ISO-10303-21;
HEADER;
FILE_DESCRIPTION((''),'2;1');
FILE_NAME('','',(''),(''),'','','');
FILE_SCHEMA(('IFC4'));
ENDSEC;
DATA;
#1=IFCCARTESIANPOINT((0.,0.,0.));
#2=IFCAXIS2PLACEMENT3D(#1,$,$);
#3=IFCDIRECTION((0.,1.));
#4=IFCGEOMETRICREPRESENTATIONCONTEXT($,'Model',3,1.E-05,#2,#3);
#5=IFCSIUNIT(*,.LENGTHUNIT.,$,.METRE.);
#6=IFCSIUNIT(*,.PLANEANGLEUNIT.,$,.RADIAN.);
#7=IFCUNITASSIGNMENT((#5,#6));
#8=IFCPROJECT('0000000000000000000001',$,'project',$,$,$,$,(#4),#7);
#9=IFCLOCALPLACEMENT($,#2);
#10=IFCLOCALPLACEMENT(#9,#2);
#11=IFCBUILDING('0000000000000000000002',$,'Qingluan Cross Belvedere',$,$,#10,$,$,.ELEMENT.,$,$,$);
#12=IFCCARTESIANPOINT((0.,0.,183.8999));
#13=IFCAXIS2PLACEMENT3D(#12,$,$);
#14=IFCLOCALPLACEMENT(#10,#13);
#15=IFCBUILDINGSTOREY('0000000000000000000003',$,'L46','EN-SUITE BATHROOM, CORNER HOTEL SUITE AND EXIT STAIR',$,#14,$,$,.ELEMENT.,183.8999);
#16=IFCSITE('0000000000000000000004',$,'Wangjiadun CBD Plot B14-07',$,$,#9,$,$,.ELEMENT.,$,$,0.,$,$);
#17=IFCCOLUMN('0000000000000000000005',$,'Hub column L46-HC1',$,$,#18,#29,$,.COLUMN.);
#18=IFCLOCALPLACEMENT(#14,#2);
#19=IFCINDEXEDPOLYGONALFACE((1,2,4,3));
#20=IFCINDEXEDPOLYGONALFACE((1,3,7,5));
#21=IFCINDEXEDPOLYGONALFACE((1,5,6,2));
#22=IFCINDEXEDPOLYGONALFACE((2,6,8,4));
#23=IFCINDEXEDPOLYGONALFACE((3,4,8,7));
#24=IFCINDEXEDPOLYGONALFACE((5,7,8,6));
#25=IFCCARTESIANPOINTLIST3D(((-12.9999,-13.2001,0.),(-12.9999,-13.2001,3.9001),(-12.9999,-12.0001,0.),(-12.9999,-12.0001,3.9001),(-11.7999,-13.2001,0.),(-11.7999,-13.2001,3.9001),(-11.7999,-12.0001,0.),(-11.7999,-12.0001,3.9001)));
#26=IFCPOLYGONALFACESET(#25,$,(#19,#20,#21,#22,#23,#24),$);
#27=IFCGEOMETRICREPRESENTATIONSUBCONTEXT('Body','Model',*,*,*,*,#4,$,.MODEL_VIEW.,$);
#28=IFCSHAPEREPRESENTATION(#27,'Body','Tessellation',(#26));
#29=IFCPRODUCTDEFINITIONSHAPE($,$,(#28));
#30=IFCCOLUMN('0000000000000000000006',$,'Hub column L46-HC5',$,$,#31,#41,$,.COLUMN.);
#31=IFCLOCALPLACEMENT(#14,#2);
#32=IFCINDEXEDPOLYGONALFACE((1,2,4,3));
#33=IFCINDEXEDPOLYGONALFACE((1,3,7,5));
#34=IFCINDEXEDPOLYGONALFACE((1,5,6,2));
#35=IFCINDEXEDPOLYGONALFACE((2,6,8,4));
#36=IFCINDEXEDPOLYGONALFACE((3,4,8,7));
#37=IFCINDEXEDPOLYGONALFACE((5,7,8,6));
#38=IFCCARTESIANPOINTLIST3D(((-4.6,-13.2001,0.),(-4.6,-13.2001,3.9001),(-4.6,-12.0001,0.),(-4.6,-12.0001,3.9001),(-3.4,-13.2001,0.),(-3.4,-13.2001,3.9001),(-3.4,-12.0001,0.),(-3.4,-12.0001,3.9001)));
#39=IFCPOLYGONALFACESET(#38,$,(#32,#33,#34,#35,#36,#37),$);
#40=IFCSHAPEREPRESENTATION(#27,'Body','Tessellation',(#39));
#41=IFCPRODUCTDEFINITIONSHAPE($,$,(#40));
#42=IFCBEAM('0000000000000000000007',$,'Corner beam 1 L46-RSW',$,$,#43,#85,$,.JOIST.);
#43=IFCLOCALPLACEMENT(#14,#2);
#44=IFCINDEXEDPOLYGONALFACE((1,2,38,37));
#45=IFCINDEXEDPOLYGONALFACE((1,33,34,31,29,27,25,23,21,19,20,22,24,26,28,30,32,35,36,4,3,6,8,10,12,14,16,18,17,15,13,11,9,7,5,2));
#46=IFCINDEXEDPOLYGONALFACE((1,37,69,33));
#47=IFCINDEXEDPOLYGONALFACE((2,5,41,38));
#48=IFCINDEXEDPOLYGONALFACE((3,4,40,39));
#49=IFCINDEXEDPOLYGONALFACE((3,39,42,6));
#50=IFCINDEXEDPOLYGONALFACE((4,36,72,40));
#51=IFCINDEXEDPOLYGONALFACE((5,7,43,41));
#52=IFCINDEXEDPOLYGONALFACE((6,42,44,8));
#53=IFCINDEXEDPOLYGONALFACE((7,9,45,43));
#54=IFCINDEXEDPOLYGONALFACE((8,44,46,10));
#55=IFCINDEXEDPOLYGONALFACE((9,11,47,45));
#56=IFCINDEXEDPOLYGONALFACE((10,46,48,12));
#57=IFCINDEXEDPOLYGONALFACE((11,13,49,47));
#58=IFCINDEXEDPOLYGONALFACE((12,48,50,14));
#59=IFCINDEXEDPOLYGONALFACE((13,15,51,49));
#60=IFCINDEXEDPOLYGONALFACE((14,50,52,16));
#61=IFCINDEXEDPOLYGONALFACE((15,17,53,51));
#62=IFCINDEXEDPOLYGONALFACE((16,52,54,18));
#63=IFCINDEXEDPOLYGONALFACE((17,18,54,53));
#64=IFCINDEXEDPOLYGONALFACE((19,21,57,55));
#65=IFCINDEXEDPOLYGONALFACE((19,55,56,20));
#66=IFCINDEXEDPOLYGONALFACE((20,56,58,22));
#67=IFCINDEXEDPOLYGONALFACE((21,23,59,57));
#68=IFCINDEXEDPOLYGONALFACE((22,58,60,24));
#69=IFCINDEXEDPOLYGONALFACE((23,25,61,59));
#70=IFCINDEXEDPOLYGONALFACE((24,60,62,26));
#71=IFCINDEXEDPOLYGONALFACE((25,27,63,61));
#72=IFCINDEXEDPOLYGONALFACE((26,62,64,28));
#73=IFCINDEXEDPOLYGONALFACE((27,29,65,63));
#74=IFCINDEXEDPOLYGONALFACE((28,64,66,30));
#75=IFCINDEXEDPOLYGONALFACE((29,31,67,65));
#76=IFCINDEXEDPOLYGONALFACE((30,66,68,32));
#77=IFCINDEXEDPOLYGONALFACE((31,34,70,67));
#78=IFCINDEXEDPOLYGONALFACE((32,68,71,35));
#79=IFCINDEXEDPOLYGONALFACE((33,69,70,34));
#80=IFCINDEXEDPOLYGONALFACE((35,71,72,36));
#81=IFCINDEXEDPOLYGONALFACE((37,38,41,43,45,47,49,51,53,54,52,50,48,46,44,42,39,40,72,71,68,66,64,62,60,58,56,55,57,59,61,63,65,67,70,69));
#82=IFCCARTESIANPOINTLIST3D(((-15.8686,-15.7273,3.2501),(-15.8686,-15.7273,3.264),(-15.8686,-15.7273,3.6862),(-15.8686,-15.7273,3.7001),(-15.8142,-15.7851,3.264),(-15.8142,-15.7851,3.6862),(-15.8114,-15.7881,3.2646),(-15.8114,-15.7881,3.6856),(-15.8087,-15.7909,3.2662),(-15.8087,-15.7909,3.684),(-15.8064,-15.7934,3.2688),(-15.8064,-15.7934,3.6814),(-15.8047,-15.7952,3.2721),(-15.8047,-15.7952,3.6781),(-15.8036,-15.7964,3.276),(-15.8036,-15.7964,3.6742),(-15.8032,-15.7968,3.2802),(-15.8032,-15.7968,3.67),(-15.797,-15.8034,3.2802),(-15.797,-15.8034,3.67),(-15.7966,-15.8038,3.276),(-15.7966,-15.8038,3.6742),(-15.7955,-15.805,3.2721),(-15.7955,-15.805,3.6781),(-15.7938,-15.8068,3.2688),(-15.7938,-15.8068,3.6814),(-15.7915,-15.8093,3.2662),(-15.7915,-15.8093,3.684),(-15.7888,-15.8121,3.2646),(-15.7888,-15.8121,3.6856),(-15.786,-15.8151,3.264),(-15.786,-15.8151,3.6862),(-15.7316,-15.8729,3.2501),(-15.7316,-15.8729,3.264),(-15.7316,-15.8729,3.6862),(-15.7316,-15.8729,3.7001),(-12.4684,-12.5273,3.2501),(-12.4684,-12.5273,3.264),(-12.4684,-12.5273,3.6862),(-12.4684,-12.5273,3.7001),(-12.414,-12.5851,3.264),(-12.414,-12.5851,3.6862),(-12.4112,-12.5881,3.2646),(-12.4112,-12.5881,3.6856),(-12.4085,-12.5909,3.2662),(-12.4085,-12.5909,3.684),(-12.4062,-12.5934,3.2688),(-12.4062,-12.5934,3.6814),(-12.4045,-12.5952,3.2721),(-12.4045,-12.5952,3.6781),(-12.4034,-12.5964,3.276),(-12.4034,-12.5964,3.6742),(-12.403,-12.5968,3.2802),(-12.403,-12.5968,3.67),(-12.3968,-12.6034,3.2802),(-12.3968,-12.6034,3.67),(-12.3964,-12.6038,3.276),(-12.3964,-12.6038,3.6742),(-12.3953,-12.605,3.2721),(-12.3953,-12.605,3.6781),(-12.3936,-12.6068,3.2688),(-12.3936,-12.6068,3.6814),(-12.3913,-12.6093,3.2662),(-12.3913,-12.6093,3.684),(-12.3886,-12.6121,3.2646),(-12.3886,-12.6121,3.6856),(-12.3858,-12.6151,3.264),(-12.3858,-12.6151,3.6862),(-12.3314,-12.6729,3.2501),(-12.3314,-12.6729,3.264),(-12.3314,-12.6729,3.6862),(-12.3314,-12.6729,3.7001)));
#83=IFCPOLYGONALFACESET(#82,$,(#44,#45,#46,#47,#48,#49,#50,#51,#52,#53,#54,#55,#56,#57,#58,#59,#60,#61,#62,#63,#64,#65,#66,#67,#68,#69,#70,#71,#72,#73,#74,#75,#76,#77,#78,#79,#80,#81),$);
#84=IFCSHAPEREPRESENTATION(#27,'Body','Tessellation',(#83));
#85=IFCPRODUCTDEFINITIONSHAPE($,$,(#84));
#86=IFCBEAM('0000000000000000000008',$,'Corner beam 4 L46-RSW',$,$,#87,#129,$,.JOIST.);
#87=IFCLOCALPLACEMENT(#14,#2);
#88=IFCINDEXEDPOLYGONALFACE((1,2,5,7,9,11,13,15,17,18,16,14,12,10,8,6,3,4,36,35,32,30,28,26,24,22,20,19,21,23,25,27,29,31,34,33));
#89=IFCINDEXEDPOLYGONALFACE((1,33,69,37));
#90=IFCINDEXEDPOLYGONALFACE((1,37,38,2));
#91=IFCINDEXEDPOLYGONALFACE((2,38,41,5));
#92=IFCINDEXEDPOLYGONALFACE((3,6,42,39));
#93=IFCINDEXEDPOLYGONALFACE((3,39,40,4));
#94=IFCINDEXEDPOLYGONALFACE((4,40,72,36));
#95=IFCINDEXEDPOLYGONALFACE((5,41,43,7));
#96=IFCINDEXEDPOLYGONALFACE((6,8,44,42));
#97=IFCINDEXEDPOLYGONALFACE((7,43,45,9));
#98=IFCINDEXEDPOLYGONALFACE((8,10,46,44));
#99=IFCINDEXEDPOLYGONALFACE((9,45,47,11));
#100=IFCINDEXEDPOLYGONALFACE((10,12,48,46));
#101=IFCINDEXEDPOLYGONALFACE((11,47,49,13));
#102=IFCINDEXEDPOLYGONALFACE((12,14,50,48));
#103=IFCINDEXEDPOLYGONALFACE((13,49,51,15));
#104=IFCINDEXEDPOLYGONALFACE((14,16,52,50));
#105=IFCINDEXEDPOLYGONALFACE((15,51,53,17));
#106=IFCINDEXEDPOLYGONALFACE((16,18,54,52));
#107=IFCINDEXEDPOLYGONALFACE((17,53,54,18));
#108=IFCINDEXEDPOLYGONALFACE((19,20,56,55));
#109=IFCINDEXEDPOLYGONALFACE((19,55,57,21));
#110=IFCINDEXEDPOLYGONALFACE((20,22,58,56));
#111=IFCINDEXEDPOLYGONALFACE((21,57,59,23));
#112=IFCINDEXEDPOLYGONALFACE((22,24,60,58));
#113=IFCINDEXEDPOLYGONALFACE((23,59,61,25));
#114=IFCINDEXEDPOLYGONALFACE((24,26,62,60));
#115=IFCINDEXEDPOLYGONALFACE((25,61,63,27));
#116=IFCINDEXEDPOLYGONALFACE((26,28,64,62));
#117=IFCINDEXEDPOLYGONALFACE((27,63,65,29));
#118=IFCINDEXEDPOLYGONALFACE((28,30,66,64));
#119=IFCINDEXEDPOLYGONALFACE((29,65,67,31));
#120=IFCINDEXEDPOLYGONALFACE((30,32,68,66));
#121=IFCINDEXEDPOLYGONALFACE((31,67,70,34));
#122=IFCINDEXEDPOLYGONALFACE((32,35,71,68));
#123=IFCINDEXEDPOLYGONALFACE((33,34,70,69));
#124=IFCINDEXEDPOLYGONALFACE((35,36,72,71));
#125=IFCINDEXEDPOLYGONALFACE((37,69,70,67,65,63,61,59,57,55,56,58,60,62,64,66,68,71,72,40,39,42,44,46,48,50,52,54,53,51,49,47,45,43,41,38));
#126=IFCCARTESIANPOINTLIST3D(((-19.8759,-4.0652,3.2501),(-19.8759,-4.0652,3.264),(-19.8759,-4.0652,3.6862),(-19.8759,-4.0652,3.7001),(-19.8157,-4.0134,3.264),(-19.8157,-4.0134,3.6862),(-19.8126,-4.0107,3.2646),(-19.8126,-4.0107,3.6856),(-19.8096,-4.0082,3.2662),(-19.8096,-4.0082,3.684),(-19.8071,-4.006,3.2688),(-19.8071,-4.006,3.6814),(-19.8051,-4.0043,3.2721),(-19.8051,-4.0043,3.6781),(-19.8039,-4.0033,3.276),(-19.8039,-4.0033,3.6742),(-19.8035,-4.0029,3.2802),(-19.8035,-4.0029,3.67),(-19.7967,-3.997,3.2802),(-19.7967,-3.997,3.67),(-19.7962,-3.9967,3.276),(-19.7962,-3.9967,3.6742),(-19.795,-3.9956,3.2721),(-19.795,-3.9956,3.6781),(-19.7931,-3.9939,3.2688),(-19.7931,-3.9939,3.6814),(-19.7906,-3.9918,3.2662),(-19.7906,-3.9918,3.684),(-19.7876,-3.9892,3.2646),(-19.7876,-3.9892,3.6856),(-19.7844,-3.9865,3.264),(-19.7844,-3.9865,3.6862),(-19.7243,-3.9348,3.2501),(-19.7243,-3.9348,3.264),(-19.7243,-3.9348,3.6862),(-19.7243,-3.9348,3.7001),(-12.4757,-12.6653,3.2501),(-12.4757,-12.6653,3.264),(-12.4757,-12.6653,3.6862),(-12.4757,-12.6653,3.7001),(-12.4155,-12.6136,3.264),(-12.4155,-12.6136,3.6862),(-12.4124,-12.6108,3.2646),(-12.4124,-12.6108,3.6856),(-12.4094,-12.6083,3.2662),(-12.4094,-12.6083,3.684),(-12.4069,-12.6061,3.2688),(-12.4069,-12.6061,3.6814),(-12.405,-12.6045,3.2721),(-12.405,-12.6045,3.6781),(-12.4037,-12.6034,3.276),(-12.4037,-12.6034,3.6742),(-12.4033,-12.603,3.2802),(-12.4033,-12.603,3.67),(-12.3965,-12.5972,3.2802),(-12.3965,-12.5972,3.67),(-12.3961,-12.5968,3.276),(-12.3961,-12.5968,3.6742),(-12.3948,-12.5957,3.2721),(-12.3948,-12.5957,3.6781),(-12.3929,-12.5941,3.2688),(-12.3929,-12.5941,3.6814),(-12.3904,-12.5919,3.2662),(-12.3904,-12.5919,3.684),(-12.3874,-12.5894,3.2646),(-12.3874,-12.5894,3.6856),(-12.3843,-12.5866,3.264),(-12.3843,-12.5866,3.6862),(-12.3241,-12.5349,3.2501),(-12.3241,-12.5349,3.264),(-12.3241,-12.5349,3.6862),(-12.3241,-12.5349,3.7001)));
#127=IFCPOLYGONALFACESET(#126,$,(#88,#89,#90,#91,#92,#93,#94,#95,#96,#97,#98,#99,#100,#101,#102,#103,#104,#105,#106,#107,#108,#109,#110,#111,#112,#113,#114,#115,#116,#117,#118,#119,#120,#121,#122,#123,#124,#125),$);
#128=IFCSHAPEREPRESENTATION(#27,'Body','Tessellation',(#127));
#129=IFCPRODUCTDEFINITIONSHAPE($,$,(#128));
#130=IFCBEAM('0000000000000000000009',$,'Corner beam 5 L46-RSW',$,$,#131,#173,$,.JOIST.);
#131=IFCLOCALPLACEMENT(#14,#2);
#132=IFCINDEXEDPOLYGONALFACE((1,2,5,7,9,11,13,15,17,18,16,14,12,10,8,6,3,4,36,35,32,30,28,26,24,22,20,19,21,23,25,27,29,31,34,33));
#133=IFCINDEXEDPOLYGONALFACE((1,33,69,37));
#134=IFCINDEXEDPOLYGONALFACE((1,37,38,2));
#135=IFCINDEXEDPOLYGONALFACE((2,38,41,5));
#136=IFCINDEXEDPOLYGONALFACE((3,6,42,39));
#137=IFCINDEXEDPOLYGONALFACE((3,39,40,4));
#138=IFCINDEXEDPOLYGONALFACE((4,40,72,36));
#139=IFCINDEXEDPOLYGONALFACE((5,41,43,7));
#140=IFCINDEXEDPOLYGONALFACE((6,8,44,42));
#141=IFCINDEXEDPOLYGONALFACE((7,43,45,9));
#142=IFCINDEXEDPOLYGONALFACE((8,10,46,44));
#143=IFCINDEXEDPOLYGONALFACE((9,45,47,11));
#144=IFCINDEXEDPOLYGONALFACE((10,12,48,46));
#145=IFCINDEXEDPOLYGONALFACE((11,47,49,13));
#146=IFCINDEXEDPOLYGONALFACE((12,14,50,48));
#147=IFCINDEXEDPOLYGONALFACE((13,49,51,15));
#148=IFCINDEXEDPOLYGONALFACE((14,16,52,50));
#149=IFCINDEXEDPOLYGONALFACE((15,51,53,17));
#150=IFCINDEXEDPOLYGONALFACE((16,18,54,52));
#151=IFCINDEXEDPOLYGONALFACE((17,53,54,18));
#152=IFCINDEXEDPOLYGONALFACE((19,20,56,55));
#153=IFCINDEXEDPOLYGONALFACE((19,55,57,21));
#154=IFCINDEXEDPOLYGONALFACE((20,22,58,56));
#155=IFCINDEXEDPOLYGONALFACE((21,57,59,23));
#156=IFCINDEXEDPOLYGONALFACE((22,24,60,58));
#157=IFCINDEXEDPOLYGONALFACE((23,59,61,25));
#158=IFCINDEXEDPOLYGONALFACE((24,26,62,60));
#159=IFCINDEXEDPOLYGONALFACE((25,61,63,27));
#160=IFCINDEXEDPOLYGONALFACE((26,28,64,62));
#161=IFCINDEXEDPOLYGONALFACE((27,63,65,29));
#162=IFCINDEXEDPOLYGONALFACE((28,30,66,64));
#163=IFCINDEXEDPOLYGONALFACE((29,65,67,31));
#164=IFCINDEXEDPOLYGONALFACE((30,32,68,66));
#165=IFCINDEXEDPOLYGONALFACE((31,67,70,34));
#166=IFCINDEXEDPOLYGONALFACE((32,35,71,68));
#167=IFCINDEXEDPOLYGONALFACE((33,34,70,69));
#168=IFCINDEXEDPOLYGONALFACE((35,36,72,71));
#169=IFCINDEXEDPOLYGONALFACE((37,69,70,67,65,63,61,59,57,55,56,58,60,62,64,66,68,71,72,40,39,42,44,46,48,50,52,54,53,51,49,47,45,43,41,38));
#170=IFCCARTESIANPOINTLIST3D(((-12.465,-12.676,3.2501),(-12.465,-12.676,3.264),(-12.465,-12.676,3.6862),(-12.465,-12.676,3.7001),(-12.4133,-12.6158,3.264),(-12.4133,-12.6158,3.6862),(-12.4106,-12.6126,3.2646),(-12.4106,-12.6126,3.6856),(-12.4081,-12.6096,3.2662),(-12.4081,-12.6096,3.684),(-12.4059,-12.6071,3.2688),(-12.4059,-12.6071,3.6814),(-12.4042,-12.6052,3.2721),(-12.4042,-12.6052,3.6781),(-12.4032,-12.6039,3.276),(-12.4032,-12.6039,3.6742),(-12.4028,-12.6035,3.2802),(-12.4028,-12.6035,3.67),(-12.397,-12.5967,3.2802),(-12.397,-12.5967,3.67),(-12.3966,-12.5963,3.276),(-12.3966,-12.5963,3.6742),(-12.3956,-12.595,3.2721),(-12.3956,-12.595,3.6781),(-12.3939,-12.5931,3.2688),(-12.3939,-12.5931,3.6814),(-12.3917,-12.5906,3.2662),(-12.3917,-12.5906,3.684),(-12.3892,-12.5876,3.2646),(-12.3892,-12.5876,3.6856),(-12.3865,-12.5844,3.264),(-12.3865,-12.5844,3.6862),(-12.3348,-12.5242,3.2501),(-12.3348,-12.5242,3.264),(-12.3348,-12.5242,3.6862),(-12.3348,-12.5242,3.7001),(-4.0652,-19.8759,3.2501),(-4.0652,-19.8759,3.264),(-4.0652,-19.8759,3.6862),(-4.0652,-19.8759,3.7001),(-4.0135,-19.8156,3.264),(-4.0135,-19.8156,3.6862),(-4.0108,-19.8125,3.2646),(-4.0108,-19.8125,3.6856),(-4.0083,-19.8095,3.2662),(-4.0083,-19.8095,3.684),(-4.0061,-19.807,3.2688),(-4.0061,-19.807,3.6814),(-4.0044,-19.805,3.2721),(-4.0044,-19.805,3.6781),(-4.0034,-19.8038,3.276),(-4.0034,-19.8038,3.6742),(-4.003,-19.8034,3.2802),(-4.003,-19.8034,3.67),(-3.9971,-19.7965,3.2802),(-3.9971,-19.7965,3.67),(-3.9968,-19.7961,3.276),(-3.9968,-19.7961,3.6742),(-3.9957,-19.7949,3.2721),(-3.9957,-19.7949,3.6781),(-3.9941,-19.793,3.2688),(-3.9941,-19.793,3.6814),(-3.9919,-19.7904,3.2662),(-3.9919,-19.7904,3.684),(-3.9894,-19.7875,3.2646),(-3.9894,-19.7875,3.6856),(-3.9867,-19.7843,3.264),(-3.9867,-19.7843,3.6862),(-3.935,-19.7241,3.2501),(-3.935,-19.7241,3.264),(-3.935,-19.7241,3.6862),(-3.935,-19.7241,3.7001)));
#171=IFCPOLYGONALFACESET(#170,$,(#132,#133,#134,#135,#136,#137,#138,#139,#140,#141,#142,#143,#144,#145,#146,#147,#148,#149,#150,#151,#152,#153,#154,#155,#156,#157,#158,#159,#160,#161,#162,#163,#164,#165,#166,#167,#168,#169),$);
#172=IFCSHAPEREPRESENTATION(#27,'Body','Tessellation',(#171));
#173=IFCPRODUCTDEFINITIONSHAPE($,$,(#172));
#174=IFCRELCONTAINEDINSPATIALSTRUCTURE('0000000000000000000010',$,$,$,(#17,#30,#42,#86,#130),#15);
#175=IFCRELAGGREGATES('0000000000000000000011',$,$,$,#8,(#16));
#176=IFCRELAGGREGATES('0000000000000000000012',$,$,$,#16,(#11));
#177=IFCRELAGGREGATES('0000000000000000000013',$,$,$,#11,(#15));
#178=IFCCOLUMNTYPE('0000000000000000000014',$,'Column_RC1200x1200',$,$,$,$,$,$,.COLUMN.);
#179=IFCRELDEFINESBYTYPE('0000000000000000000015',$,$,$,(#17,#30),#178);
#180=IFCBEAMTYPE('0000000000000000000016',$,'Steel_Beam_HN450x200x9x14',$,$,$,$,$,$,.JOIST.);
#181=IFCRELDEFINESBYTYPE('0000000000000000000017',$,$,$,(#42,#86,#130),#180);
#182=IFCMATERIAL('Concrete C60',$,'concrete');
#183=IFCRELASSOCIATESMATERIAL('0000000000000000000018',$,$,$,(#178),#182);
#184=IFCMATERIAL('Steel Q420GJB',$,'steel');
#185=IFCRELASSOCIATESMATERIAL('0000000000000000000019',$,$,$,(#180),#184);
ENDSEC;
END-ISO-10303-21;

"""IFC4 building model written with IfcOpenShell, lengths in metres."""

from ifc_helpers import new_model, si_unit, direction, frame, origin, origin_2d, place, context, subcontext, project, spatial, rectangle, i_section, extrude, material, material_profile, profile_set, type_object, element, save


model = new_model("IFC4")

# Units and contexts
model_context = context("Model", 3, precision=1e-05, world=origin(), true_north=direction((0.0, 1.0)))
body_context = subcontext(model_context, "Body", "Model", "MODEL_VIEW")
ifc_project = project(units=[si_unit("LENGTHUNIT", "METRE"), si_unit("PLANEANGLEUNIT", "RADIAN")], contexts=[model_context])

# Site, building, storey
site_placement = place(None, origin())
site = spatial("IfcSite", under=ifc_project, at=site_placement, Name="Wangjiadun CBD Plot B14-07", CompositionType="ELEMENT", RefElevation=0.0)
building_placement = place(site_placement, origin())
building = spatial("IfcBuilding", under=site, at=building_placement, Name="Qingluan Cross Belvedere", CompositionType="ELEMENT")
storey_placement = place(building_placement, frame((0.0, 0.0, 183.8999)))
storey = spatial("IfcBuildingStorey", under=building, at=storey_placement, Name="L46", Description="EN-SUITE BATHROOM, CORNER HOTEL SUITE AND EXIT STAIR", CompositionType="ELEMENT", Elevation=183.8999)

# Columns
ifc_material_1 = material(Name="Concrete C60", Category="concrete")
ifc_material_profile_1 = material_profile(ifc_material_1, rectangle(XDim=1.2, YDim=1.2, at=origin_2d()), Name="RC1200x1200")
ifc_profile_set_1 = profile_set([ifc_material_profile_1], Name="Concrete C60")
column_type = type_object("IfcColumnType", Name="Column_RC1200x1200", PredefinedType="COLUMN", material=ifc_profile_set_1)
for number, where, z_axis, x_axis, name in (
    (1, (-12.3999, -12.6001, 0.0), (0.0, 0.0, 1.0), (1.0, 0.0, 0.0), "Hub column L46-HC1"),
    (2, (-4.0, -12.6001, 0.0), (0.0, 0.0, 1.0), (1.0, 0.0, 0.0), "Hub column L46-HC5"),
):
    element("IfcColumn", number, at=place(storey_placement, frame(where, z_axis=z_axis, x_axis=x_axis)), inside=storey, type_object=column_type, Name=name, PredefinedType="COLUMN", context=body_context, shape_type="SweptSolid", body=[
        extrude(rectangle(XDim=1.2, YDim=1.2, at=origin_2d()), origin(), (0.0, 0.0, 1.0), 3.9001),
    ])

# Beams
ifc_material_2 = material(Name="Steel Q420GJB", Category="steel")
ifc_material_profile_2 = material_profile(ifc_material_2, i_section(OverallWidth=0.2, OverallDepth=0.45, WebThickness=0.009, FlangeThickness=0.0139, FilletRadius=0.0161, at=origin_2d()), Name="HN450x200x9x14")
ifc_profile_set_2 = profile_set([ifc_material_profile_2], Name="Steel Q420GJB")
beam_type_1 = type_object("IfcBeamType", Name="Steel_Beam_HN450x200x9x14", PredefinedType="JOIST", material=ifc_profile_set_2)
beam_1_placement = place(storey_placement, frame((-12.3999, -12.6001, 3.4751), z_axis=(-0.72822, -0.685343, 0.0), x_axis=(0.685343, -0.72822, 0.0)))
element("IfcBeam", 3, at=beam_1_placement, inside=storey, type_object=beam_type_1, Name="Corner beam 1 L46-RSW", PredefinedType="JOIST", context=body_context, shape_type="SweptSolid", body=[
    extrude(i_section(OverallWidth=0.2, OverallDepth=0.45, WebThickness=0.009, FlangeThickness=0.0139, FilletRadius=0.0161, at=origin_2d()), origin(), (0.0, 0.0, 1.0), 4.6692),
])
beam_2_placement = place(storey_placement, frame((-12.3999, -12.6001, 3.4751), z_axis=(-0.652245, 0.758008, 0.0), x_axis=(-0.758008, -0.652245, 0.0)))
element("IfcBeam", 4, at=beam_2_placement, inside=storey, type_object=beam_type_1, Name="Corner beam 4 L46-RSW", PredefinedType="JOIST", context=body_context, shape_type="SweptSolid", body=[
    extrude(i_section(OverallWidth=0.2, OverallDepth=0.45, WebThickness=0.009, FlangeThickness=0.0139, FilletRadius=0.0161, at=origin_2d()), origin(), (0.0, 0.0, 1.0), 11.3457),
])
beam_3_placement = place(storey_placement, frame((-12.3999, -12.6001, 3.4751), z_axis=(0.759255, -0.650793, 0.0), x_axis=(0.650793, 0.759255, 0.0)))
element("IfcBeam", 5, at=beam_3_placement, inside=storey, type_object=beam_type_1, Name="Corner beam 5 L46-RSW", PredefinedType="JOIST", context=body_context, shape_type="SweptSolid", body=[
    extrude(i_section(OverallWidth=0.2, OverallDepth=0.45, WebThickness=0.009, FlangeThickness=0.0139, FilletRadius=0.0161, at=origin_2d()), origin(), (0.0, 0.0, 1.0), 11.0632),
])

save(model, "model.ifc")
